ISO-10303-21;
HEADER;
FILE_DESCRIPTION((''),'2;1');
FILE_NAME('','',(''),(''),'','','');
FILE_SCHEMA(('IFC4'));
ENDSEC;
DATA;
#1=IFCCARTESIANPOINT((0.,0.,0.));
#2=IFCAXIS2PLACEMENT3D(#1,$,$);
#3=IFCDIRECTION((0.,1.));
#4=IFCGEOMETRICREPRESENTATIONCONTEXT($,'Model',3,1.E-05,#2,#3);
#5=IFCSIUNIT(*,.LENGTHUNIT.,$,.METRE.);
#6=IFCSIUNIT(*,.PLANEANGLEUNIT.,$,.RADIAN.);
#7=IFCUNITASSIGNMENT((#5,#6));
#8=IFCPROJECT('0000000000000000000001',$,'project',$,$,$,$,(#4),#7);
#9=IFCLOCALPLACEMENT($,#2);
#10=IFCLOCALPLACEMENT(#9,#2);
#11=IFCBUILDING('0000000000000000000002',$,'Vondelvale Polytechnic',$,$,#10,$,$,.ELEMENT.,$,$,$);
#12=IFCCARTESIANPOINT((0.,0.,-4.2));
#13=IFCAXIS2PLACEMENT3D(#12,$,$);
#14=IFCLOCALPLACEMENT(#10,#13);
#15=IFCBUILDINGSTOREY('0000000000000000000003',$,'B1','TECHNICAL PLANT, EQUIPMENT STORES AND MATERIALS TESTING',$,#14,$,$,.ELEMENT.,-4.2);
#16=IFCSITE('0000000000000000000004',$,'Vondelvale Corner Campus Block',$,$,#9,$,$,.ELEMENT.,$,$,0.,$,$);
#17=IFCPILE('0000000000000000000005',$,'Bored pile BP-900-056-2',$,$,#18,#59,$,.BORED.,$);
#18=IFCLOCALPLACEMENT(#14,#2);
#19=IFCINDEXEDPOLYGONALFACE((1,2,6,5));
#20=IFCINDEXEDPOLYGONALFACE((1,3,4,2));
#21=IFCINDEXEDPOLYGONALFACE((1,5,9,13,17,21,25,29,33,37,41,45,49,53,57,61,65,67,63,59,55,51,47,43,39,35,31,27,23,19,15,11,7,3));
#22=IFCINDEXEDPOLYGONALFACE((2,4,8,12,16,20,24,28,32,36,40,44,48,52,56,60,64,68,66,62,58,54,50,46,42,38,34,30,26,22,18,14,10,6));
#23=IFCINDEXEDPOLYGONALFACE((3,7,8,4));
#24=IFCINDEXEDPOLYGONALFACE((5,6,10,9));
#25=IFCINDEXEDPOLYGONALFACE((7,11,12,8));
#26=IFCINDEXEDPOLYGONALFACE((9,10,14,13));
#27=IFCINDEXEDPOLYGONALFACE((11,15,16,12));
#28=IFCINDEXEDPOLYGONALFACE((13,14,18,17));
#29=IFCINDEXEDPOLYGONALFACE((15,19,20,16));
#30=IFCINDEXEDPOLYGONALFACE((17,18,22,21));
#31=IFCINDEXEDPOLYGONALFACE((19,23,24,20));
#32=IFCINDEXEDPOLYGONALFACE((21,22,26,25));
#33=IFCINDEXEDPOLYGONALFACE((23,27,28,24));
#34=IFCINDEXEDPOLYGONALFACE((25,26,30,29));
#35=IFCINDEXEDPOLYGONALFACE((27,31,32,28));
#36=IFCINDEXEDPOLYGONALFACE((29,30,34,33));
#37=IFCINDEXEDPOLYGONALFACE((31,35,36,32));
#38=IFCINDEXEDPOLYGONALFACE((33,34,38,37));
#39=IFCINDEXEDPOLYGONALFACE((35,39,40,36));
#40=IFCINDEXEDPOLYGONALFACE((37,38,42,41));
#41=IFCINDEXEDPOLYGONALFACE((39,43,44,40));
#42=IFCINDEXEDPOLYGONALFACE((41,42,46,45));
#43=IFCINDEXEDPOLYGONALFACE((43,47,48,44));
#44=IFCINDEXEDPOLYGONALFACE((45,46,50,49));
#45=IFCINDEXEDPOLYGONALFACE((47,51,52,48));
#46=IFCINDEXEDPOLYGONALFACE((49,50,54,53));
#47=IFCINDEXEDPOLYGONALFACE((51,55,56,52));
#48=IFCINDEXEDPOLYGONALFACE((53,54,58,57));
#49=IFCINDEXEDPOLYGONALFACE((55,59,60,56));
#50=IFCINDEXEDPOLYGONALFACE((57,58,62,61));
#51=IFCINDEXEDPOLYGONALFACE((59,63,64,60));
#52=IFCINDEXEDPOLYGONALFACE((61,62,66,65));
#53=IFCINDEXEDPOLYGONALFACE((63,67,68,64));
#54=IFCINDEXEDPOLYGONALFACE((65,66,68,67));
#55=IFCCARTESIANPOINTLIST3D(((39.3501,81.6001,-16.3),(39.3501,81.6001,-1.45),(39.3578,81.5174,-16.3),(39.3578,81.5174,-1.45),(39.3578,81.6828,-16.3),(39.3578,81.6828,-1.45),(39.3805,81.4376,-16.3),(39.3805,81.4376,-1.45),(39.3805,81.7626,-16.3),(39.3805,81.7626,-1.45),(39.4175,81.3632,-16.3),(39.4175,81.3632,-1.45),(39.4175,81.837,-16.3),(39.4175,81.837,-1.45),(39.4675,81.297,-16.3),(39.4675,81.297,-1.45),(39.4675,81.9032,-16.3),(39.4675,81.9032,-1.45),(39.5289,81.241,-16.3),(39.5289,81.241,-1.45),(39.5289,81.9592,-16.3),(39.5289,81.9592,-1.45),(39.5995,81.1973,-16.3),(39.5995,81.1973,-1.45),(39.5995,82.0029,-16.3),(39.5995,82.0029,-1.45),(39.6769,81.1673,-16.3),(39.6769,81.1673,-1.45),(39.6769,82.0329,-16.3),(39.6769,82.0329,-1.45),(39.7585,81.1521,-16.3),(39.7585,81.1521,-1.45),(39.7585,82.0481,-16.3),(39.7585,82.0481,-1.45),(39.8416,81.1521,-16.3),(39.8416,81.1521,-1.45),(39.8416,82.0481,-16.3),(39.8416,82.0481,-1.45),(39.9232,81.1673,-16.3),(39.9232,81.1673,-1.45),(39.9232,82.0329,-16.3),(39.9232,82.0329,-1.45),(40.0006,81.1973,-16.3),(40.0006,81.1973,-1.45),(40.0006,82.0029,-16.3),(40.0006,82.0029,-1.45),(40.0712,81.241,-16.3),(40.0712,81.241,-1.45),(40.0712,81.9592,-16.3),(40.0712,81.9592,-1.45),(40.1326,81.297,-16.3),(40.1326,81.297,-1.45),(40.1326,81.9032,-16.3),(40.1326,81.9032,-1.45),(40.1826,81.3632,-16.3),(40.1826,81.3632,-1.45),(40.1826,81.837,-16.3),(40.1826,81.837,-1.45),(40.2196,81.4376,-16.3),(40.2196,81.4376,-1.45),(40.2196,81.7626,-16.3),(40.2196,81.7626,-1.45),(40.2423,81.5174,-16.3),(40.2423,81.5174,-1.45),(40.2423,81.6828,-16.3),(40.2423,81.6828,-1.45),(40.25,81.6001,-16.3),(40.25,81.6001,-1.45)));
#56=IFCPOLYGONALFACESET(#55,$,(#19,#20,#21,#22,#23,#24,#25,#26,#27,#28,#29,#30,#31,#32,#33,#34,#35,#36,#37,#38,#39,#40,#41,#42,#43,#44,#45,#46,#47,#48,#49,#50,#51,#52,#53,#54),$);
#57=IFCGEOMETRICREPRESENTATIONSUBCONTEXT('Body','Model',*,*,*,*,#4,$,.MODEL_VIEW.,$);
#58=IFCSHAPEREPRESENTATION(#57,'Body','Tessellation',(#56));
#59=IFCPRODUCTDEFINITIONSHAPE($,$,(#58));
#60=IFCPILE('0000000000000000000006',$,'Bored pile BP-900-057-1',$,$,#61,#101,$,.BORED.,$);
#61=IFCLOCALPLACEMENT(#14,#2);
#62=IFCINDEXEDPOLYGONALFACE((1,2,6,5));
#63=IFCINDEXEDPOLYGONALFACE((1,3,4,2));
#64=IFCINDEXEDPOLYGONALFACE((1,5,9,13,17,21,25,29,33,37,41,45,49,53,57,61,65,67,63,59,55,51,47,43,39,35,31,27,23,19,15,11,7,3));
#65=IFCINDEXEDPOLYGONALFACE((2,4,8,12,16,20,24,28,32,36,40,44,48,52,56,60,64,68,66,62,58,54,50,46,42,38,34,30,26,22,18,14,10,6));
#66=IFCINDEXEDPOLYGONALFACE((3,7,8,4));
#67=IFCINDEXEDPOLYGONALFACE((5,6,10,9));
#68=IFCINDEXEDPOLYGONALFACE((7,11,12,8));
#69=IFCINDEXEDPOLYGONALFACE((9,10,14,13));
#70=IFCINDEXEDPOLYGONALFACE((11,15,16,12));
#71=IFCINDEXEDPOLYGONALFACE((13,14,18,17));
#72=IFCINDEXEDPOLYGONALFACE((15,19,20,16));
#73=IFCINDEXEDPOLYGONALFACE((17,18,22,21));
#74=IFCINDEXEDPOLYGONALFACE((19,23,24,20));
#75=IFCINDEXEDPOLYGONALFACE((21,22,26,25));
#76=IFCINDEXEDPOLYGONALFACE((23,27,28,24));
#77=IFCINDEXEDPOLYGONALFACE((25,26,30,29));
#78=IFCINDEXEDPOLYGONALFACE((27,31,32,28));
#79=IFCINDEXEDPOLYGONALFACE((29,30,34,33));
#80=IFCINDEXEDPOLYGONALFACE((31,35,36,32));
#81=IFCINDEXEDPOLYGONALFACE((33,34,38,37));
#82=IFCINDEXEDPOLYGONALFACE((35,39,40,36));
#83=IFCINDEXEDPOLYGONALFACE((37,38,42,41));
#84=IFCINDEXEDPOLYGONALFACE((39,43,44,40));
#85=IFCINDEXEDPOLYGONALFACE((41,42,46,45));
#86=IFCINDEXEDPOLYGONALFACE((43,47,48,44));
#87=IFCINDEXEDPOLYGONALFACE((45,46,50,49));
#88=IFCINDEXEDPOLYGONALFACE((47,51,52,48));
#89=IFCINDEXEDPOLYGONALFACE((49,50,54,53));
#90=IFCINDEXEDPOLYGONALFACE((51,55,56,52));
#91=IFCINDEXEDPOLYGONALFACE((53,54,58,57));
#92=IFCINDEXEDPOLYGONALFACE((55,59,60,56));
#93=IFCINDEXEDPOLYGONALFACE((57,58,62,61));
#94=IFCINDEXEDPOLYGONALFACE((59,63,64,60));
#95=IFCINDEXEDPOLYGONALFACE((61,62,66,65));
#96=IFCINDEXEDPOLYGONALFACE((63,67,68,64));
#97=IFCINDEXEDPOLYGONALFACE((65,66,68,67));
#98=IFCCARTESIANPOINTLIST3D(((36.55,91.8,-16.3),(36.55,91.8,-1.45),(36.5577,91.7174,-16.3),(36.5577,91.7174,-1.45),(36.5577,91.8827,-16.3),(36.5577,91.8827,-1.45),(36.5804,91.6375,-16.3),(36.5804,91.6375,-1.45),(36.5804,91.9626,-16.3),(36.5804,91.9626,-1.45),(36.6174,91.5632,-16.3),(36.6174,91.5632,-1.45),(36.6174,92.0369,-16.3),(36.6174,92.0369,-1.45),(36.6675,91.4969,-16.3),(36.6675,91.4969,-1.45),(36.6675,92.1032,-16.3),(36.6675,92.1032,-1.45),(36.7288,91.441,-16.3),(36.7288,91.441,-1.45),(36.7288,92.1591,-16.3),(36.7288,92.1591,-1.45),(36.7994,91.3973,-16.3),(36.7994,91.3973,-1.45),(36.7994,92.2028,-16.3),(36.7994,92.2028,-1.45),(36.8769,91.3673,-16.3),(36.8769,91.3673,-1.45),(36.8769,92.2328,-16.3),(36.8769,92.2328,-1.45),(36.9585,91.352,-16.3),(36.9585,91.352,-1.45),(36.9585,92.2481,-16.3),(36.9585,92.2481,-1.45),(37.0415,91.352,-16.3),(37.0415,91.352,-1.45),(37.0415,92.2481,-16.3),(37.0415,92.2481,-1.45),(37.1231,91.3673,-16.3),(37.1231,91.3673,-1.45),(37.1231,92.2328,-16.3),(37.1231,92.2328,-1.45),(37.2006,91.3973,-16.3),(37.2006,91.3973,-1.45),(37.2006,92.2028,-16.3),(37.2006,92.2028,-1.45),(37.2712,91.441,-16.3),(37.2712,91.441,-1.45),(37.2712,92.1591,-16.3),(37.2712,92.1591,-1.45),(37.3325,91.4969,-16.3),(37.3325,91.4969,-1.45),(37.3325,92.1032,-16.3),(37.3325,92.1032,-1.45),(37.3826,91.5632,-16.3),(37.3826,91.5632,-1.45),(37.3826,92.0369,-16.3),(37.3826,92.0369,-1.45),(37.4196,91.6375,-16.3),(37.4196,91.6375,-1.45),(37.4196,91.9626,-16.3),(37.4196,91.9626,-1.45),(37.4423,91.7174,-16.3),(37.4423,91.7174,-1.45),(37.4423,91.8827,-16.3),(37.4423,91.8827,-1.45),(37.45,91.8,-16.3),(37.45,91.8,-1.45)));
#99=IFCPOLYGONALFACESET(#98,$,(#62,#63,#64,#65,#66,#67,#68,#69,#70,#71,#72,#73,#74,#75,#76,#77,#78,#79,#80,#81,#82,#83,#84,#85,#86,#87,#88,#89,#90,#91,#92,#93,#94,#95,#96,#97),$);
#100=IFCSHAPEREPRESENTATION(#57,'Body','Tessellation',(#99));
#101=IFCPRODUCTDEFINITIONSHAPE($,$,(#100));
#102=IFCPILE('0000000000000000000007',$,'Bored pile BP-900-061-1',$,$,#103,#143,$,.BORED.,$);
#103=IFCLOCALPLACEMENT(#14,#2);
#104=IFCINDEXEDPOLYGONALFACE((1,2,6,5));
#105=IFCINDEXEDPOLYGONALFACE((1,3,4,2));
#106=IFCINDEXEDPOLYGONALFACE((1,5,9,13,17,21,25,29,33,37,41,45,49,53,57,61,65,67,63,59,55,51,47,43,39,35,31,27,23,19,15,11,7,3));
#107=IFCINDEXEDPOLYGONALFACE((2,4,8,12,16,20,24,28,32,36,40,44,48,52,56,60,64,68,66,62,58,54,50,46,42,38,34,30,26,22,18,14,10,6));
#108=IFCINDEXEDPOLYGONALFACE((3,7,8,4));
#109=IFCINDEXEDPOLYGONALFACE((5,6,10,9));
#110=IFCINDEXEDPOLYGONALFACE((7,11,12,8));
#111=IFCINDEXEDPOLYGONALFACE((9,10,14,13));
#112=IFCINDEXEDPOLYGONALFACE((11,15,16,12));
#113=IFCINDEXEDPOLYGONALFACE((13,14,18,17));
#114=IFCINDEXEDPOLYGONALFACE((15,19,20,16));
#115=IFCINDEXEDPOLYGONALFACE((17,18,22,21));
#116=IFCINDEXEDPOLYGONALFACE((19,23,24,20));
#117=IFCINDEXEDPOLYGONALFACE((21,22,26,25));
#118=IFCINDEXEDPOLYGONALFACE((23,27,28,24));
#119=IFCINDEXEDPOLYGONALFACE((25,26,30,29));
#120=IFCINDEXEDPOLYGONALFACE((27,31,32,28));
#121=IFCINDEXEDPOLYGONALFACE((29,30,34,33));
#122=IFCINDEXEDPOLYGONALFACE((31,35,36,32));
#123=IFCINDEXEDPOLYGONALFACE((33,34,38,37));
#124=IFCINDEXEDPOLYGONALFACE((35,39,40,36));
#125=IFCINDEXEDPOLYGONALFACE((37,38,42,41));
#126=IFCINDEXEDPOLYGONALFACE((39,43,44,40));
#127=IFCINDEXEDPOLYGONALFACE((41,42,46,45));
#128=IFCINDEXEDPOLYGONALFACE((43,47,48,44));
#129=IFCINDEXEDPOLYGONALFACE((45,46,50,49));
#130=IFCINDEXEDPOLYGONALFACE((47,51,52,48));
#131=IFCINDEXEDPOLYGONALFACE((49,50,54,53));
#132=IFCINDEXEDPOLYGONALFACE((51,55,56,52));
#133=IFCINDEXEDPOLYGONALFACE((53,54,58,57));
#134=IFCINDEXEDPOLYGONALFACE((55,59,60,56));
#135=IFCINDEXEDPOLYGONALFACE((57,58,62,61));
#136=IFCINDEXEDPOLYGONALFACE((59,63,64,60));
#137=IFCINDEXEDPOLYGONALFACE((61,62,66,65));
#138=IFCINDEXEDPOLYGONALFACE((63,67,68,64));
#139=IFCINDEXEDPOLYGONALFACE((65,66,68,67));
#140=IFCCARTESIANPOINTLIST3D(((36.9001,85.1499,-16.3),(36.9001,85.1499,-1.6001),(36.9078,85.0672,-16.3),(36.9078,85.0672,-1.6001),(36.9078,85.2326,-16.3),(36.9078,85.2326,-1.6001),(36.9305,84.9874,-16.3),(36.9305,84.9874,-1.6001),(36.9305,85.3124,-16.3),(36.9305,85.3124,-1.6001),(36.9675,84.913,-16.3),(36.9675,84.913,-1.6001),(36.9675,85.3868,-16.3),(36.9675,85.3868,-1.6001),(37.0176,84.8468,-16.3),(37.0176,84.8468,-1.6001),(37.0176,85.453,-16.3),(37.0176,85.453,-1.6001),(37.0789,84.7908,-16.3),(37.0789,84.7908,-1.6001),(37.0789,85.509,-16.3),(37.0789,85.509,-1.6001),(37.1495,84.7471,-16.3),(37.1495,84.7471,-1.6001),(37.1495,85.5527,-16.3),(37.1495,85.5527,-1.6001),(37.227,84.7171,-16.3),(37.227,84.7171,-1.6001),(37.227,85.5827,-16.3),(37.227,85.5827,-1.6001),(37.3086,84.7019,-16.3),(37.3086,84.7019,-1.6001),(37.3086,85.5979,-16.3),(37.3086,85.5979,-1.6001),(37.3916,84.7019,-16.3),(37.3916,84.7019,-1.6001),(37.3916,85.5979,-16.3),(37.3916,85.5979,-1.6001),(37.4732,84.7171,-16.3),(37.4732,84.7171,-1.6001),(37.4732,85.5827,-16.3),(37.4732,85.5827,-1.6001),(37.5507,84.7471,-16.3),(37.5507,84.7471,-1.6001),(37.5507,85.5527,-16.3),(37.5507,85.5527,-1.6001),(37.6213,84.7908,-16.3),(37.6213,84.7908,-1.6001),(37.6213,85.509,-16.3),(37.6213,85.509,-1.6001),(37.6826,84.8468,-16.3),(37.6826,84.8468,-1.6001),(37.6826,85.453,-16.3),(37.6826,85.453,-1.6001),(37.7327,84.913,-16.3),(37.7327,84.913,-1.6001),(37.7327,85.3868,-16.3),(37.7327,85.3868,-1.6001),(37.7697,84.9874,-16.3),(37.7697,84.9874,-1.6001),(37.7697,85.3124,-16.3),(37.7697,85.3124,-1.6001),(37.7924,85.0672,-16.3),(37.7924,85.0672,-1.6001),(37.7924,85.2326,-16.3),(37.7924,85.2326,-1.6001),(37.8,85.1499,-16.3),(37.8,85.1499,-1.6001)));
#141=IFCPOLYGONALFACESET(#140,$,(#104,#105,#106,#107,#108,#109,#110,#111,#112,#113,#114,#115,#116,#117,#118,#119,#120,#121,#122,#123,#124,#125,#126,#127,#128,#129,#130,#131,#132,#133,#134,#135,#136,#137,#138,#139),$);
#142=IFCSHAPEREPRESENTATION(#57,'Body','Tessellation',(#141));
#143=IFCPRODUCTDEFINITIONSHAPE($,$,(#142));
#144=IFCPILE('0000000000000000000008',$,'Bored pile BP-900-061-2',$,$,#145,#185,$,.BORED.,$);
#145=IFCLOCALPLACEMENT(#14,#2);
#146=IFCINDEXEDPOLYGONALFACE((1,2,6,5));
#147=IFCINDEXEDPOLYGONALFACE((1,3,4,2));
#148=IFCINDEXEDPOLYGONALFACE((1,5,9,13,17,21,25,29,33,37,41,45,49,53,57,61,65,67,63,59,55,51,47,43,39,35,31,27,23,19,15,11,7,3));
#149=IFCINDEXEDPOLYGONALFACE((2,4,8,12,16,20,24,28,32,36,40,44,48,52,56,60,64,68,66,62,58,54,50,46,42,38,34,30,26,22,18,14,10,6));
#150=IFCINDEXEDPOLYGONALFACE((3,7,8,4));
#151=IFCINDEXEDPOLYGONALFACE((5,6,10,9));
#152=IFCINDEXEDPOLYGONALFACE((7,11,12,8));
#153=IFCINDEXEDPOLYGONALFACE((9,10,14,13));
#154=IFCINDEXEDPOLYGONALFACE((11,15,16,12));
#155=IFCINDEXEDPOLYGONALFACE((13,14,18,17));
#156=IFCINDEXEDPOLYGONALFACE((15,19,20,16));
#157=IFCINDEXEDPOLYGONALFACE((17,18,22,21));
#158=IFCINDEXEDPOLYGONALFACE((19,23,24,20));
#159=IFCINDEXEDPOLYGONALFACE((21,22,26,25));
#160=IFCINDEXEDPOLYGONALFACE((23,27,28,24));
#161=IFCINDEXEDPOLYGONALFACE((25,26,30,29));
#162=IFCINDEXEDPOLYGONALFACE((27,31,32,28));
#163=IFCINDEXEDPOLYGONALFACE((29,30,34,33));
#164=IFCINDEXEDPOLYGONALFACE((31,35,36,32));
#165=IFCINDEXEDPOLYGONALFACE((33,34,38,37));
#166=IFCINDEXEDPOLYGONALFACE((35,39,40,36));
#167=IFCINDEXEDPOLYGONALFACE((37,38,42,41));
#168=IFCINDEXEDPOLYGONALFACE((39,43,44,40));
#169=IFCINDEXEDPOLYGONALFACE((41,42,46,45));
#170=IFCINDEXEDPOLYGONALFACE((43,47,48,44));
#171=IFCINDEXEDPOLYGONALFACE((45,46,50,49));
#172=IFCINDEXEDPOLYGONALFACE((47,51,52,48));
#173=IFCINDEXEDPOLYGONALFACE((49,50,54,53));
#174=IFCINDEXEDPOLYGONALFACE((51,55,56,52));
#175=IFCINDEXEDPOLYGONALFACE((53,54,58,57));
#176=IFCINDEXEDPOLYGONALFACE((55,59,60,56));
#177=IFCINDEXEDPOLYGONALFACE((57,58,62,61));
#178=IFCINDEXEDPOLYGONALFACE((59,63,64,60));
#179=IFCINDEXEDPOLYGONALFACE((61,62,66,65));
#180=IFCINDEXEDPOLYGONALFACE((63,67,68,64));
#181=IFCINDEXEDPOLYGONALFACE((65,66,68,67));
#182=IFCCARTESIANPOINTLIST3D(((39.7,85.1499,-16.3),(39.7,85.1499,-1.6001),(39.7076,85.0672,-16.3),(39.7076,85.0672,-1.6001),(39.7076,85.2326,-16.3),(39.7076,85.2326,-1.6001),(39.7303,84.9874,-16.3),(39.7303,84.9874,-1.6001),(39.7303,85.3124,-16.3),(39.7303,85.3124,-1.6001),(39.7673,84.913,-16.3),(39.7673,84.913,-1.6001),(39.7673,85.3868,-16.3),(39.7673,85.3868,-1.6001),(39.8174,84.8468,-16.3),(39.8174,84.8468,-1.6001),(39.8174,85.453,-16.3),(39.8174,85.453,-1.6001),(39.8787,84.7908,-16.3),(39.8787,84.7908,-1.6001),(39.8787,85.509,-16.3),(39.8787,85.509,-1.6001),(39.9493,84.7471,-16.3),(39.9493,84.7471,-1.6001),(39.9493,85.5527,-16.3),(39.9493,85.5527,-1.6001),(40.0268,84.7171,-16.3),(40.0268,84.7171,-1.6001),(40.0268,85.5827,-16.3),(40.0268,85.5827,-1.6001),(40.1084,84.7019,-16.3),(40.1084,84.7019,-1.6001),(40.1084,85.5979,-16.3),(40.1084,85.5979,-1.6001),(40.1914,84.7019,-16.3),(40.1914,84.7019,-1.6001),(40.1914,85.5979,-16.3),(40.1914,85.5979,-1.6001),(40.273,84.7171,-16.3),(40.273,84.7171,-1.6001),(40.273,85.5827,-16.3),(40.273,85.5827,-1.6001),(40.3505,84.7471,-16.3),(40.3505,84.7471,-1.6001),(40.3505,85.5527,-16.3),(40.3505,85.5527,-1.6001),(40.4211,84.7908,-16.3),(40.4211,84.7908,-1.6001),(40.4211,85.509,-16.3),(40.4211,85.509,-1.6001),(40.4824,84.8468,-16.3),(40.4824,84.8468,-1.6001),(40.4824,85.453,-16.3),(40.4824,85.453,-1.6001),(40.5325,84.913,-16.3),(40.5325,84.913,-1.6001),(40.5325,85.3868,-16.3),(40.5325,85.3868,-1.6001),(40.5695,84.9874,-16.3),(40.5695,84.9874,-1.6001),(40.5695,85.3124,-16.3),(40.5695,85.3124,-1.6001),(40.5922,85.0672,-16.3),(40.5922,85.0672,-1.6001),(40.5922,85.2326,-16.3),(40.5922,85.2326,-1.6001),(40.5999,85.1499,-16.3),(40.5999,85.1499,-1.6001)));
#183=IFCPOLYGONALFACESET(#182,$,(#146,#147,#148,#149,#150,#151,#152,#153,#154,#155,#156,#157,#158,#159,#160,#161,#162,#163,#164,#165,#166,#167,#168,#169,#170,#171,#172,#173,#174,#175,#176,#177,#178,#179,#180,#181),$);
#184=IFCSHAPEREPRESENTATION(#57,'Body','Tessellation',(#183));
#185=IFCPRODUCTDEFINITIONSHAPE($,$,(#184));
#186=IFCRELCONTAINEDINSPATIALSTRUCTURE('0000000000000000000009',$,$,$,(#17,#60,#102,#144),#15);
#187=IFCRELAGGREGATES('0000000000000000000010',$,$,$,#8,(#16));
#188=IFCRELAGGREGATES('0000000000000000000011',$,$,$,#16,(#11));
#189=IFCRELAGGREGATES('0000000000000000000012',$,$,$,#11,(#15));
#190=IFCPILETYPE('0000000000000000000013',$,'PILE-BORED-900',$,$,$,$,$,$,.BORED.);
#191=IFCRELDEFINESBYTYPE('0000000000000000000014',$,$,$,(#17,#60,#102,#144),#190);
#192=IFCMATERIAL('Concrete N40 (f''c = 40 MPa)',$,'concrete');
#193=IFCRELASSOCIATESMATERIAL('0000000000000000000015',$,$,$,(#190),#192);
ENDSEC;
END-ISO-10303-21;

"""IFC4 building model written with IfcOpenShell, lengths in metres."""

from ifc_helpers import new_model, si_unit, direction, frame, origin, origin_2d, place, context, subcontext, project, spatial, circle, extrude, material, material_profile, profile_set, type_object, element, save


model = new_model("IFC4")

# Units and contexts
model_context = context("Model", 3, precision=1e-05, world=origin(), true_north=direction((0.0, 1.0)))
body_context = subcontext(model_context, "Body", "Model", "MODEL_VIEW")
ifc_project = project(units=[si_unit("LENGTHUNIT", "METRE"), si_unit("PLANEANGLEUNIT", "RADIAN")], contexts=[model_context])

# Site, building, storey
site_placement = place(None, origin())
site = spatial("IfcSite", under=ifc_project, at=site_placement, Name="Vondelvale Corner Campus Block", CompositionType="ELEMENT", RefElevation=0.0)
building_placement = place(site_placement, origin())
building = spatial("IfcBuilding", under=site, at=building_placement, Name="Vondelvale Polytechnic", CompositionType="ELEMENT")
storey_placement = place(building_placement, frame((0.0, 0.0, -4.2)))
storey = spatial("IfcBuildingStorey", under=building, at=storey_placement, Name="B1", Description="TECHNICAL PLANT, EQUIPMENT STORES AND MATERIALS TESTING", CompositionType="ELEMENT", Elevation=-4.2)

# Shared definitions
ifc_material_1 = material(Name="Concrete N40 (f'c = 40 MPa)", Category="concrete")

# Piles
ifc_material_profile_1 = material_profile(ifc_material_1, circle(Radius=0.45, at=origin_2d()), Name="PILE-D900")
ifc_profile_set_1 = profile_set([ifc_material_profile_1], Name="Concrete N40 (f'c = 40 MPa)")
pile_type_1 = type_object("IfcPileType", Name="PILE-BORED-900", PredefinedType="BORED", material=ifc_profile_set_1)
for number, where, z_axis, x_axis, name in (
    (1, (39.8, 81.6001, -1.45), (0.0, 0.0, -1.0), (1.0, 0.0, 0.0), "Bored pile BP-900-056-2"),
    (2, (37.0, 91.8, -1.45), (0.0, 0.0, -1.0), (1.0, 0.0, 0.0), "Bored pile BP-900-057-1"),
):
    element("IfcPile", number, at=place(storey_placement, frame(where, z_axis=z_axis, x_axis=x_axis)), inside=storey, type_object=pile_type_1, Name=name, PredefinedType="BORED", context=body_context, shape_type="SweptSolid", body=[
        extrude(circle(Radius=0.45, at=origin_2d()), origin(), (0.0, 0.0, 1.0), 14.8501),
    ])
for number, where, z_axis, x_axis, name in (
    (3, (37.3501, 85.1499, -1.6001), (0.0, 0.0, -1.0), (1.0, 0.0, 0.0), "Bored pile BP-900-061-1"),
    (4, (40.1499, 85.1499, -1.6001), (0.0, 0.0, -1.0), (1.0, 0.0, 0.0), "Bored pile BP-900-061-2"),
):
    element("IfcPile", number, at=place(storey_placement, frame(where, z_axis=z_axis, x_axis=x_axis)), inside=storey, type_object=pile_type_1, Name=name, PredefinedType="BORED", context=body_context, shape_type="SweptSolid", body=[
        extrude(circle(Radius=0.45, at=origin_2d()), origin(), (0.0, 0.0, 1.0), 14.7),
    ])

save(model, "model.ifc")
